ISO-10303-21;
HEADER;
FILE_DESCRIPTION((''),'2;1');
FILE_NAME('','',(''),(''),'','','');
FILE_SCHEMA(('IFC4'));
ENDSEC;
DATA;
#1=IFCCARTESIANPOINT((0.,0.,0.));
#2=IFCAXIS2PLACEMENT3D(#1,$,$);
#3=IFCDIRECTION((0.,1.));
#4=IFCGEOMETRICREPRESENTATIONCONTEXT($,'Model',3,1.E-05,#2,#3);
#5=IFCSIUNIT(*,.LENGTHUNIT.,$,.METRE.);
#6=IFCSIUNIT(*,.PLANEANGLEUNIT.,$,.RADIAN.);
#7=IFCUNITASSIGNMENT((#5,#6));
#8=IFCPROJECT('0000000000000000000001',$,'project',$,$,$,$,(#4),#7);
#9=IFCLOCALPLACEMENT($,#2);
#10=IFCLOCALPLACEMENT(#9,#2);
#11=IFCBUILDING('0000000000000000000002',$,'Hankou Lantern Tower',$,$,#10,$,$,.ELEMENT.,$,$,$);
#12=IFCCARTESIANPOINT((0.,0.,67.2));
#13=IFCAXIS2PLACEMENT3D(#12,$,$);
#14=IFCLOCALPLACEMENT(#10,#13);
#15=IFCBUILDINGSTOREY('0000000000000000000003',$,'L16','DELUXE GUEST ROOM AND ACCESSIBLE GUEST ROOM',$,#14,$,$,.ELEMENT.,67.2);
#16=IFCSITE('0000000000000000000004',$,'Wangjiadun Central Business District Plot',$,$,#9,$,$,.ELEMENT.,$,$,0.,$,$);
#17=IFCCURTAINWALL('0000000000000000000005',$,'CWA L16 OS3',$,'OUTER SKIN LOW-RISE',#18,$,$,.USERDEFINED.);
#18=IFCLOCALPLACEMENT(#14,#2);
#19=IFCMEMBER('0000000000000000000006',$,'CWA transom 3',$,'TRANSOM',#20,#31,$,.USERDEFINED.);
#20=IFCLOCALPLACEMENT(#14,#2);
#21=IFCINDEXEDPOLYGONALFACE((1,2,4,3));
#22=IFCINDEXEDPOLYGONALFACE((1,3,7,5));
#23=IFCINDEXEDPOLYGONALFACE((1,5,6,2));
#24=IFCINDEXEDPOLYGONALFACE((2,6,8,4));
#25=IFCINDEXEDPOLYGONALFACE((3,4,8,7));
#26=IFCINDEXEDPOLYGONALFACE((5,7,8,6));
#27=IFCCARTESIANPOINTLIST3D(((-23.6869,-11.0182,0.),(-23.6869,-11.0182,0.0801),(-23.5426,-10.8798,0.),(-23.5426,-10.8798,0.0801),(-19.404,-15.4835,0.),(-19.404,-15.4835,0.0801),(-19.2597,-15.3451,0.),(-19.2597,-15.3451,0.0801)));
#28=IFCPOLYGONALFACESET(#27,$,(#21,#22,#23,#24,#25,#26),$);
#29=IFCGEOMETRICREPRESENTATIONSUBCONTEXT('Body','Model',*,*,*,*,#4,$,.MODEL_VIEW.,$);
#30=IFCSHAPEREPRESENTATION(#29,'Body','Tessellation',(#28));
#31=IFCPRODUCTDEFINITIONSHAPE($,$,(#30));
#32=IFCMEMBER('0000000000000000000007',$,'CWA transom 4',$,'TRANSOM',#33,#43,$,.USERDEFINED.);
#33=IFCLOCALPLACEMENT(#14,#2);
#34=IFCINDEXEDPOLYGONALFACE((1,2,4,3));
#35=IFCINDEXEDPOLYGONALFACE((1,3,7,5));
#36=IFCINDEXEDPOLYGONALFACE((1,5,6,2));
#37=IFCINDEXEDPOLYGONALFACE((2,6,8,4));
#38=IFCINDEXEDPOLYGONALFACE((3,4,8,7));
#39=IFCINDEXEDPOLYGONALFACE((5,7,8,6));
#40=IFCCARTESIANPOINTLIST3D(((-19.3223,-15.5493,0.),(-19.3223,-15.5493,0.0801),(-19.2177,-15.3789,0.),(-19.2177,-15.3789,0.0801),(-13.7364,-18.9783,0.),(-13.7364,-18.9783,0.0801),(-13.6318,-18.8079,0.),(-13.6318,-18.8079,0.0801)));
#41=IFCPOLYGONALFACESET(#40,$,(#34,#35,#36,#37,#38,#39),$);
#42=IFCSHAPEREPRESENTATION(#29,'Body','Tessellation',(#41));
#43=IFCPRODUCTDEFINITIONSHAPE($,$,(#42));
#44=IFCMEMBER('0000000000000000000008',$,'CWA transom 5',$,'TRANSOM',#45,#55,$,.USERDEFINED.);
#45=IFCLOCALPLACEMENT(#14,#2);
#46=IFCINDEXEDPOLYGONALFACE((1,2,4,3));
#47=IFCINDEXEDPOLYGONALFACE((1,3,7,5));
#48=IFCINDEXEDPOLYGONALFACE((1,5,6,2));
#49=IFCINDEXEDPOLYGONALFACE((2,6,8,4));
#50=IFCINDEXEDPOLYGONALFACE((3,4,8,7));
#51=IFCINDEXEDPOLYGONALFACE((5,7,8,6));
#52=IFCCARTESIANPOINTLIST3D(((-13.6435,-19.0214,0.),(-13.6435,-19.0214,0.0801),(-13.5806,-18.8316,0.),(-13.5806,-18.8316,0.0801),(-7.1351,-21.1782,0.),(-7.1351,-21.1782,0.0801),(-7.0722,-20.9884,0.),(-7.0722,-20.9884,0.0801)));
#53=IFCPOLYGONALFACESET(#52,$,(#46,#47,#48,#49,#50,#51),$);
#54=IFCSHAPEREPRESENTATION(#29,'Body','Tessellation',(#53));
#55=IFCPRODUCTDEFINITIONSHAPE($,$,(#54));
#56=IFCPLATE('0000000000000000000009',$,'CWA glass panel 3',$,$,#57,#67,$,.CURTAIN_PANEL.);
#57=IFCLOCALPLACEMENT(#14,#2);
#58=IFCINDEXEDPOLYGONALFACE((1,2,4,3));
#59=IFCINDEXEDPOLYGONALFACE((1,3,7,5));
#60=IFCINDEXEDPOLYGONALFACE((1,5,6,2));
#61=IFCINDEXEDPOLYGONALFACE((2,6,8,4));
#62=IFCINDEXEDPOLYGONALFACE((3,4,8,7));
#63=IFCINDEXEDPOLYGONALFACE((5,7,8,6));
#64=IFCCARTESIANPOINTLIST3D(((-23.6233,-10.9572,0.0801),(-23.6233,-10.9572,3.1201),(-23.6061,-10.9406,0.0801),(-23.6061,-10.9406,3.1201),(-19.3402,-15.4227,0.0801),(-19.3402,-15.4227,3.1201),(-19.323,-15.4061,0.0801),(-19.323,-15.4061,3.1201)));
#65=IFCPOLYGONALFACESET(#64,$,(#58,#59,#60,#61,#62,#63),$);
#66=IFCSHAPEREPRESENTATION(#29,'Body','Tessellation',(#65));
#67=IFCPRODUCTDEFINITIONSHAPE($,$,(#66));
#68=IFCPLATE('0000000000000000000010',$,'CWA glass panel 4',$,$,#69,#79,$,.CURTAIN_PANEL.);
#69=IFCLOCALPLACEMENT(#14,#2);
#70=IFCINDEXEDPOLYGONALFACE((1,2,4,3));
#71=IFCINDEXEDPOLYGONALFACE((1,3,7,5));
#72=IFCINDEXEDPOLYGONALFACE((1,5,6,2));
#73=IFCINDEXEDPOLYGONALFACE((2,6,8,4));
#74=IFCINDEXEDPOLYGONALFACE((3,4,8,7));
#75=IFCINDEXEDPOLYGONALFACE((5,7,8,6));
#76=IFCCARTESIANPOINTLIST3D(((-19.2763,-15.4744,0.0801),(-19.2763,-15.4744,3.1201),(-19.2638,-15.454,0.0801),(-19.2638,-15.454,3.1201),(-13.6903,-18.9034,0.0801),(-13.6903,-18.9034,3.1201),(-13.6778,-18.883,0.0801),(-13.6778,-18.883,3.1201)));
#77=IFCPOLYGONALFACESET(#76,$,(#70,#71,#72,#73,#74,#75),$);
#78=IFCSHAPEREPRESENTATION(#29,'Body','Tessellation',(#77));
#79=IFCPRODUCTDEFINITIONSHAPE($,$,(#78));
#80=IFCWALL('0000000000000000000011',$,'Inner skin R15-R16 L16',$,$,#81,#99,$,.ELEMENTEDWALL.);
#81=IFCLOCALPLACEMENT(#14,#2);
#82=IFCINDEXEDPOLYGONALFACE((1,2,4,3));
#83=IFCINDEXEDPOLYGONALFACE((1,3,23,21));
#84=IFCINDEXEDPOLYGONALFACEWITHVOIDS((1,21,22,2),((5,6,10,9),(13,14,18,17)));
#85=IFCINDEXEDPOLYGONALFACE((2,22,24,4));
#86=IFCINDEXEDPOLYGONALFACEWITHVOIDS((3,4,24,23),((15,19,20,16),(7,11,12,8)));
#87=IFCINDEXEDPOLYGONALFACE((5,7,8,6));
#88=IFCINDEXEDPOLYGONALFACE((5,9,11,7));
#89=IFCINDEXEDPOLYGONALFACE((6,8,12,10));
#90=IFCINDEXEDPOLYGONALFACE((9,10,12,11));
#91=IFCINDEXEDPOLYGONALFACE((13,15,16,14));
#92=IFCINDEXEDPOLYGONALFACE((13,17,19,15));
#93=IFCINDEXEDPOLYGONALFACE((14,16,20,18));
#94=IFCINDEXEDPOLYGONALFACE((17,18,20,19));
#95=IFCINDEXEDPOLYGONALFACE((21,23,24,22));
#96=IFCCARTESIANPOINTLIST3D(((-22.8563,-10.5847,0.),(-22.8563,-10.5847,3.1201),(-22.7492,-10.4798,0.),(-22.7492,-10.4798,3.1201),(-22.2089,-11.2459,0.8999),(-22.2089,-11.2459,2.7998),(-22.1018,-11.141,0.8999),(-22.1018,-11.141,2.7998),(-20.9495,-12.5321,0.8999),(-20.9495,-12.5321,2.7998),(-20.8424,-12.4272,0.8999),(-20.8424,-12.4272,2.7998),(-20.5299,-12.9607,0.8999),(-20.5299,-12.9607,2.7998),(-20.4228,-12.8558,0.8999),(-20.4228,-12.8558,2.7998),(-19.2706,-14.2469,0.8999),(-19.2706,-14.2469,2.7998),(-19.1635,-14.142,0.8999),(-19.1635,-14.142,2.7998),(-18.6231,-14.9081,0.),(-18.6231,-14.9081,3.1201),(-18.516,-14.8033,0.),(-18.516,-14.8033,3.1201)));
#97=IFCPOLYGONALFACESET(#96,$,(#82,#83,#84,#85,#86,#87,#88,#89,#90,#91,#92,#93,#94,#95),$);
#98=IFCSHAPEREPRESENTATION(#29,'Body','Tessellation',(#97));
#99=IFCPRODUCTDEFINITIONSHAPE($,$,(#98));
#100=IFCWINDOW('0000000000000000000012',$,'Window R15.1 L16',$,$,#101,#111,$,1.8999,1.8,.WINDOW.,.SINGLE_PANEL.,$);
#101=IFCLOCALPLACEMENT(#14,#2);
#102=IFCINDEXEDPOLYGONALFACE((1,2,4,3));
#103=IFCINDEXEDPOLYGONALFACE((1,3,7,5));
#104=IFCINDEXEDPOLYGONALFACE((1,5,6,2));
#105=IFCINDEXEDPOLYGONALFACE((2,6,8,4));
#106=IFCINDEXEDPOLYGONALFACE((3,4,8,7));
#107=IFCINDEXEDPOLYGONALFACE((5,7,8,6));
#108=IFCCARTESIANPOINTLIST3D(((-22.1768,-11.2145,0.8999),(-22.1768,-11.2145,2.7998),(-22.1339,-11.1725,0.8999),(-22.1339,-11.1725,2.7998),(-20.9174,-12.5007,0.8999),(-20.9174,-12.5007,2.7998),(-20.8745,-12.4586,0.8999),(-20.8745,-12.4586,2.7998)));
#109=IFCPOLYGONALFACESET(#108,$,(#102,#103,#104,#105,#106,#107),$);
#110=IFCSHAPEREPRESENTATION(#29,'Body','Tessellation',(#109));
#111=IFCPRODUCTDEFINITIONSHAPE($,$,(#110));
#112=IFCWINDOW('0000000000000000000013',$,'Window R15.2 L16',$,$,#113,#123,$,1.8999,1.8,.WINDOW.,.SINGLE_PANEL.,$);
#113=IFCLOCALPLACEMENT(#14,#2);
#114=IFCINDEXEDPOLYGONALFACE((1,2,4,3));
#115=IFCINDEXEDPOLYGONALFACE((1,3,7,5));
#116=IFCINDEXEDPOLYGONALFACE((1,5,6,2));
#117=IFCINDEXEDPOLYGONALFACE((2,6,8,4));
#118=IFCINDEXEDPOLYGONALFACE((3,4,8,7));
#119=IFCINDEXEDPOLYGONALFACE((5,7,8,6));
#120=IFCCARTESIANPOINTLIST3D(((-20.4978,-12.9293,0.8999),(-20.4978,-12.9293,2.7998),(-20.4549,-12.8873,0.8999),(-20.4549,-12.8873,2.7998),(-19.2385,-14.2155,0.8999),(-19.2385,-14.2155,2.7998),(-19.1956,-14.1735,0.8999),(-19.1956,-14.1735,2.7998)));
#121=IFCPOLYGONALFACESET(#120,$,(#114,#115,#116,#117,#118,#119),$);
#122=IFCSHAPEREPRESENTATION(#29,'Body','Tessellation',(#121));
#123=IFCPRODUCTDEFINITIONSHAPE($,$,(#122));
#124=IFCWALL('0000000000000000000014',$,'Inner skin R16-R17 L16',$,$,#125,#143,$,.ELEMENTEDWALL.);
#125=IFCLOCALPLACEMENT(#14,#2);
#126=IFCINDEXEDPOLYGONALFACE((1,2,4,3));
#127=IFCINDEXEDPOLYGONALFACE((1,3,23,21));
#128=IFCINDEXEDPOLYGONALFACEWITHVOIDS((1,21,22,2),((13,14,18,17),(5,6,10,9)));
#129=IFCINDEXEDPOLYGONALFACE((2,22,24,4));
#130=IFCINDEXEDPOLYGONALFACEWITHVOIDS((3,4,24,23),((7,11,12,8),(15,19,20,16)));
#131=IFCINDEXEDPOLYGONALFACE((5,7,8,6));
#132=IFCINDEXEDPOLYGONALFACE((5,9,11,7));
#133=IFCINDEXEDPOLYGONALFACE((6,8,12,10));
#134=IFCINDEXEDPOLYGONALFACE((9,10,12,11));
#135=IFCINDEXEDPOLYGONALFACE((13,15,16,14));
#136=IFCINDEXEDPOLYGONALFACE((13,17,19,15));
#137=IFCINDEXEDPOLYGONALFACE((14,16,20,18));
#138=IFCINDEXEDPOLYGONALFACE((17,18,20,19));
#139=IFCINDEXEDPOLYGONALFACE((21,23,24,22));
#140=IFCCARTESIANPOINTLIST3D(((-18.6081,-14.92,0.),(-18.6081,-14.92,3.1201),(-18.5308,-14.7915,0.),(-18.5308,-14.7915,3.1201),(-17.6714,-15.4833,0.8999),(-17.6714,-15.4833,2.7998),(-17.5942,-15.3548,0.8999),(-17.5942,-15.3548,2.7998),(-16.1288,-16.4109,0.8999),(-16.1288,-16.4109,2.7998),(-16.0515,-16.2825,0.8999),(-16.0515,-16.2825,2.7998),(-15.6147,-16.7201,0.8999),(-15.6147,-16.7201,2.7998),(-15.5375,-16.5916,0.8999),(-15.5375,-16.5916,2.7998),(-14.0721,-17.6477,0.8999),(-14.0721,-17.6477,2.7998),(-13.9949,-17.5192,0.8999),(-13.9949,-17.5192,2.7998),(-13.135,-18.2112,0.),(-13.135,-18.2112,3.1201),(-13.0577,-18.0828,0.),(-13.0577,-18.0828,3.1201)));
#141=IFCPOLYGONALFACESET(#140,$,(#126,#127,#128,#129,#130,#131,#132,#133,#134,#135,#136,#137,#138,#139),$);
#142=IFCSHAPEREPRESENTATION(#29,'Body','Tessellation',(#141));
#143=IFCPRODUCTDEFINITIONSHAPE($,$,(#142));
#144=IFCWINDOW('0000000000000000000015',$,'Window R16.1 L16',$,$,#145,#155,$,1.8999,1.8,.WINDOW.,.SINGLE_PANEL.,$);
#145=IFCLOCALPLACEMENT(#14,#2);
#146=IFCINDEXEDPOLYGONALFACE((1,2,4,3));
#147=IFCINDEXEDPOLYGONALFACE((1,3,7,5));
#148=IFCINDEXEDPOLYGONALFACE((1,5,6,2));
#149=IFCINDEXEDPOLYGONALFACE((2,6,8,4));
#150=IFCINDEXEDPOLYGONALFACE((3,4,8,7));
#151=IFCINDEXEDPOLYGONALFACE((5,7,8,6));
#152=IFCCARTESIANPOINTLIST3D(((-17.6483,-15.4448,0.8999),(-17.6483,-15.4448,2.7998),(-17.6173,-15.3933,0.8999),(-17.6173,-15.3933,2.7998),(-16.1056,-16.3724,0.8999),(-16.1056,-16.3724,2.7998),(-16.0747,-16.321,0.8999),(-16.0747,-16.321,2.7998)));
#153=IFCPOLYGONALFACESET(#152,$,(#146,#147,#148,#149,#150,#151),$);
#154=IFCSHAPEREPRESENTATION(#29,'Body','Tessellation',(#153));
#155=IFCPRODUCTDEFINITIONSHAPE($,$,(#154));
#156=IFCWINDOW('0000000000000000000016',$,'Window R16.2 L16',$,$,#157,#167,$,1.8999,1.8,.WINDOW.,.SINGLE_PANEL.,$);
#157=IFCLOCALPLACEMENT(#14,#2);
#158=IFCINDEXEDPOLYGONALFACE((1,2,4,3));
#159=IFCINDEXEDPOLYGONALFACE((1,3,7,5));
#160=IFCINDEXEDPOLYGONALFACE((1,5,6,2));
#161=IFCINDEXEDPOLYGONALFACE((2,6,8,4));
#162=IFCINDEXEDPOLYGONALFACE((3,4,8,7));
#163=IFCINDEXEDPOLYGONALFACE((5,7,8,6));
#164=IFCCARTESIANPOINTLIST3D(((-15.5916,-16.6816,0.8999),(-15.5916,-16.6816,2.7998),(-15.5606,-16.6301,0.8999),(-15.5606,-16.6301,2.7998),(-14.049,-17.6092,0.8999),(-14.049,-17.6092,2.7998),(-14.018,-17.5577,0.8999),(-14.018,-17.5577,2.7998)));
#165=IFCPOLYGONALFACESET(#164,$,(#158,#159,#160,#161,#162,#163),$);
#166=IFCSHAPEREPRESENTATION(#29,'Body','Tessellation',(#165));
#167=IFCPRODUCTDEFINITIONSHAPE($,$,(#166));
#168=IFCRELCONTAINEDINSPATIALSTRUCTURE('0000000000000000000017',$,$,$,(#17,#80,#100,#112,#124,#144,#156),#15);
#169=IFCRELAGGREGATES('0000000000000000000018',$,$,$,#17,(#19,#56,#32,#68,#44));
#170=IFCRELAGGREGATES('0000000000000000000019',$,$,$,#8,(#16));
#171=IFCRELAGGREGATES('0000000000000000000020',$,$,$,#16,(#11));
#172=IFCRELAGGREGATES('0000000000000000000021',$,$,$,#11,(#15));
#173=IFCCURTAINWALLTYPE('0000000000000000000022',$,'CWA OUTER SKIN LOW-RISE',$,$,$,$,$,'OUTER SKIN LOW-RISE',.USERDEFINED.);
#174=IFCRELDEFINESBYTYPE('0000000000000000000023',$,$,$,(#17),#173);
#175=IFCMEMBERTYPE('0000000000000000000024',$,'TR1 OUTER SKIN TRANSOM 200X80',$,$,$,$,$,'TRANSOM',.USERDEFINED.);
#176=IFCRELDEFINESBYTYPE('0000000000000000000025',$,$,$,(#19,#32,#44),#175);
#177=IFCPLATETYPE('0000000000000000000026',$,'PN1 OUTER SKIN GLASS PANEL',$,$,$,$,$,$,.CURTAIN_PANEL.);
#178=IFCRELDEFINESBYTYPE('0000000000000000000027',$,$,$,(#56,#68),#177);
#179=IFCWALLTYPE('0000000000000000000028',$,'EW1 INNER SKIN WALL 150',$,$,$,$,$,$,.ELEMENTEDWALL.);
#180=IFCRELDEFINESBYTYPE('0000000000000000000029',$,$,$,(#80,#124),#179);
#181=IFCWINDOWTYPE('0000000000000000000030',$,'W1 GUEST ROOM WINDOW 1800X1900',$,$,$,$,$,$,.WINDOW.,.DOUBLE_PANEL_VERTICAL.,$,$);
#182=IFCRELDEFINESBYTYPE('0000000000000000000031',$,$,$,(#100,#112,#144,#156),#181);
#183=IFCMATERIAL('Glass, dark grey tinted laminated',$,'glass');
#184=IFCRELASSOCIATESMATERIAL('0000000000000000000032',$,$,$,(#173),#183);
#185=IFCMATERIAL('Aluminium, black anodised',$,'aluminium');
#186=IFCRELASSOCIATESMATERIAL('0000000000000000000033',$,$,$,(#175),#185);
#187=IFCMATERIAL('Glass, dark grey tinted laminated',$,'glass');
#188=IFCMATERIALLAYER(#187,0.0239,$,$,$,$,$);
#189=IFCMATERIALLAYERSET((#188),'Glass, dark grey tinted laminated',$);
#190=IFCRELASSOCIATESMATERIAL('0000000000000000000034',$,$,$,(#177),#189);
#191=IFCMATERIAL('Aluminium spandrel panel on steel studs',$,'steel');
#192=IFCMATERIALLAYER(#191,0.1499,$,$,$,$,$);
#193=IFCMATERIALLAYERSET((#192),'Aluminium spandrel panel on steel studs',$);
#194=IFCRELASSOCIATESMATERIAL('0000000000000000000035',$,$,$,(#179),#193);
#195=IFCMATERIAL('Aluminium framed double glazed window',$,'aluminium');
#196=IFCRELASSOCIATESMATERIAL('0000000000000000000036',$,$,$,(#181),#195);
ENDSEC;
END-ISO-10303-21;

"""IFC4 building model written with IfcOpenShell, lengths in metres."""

from ifc_helpers import new_model, si_unit, direction, frame, frame_2d, origin, origin_2d, place, context, subcontext, project, spatial, rectangle, extrude, material, layer, layer_set, material_profile, profile_set, type_object, element, fill, aggregate, save


model = new_model("IFC4")

# Units and contexts
model_context = context("Model", 3, precision=1e-05, world=origin(), true_north=direction((0.0, 1.0)))
body_context = subcontext(model_context, "Body", "Model", "MODEL_VIEW")
ifc_project = project(units=[si_unit("LENGTHUNIT", "METRE"), si_unit("PLANEANGLEUNIT", "RADIAN")], contexts=[model_context])

# Site, building, storey
site_placement = place(None, origin())
site = spatial("IfcSite", under=ifc_project, at=site_placement, Name="Wangjiadun Central Business District Plot", CompositionType="ELEMENT", RefElevation=0.0)
building_placement = place(site_placement, origin())
building = spatial("IfcBuilding", under=site, at=building_placement, Name="Hankou Lantern Tower", CompositionType="ELEMENT")
storey_placement = place(building_placement, frame((0.0, 0.0, 67.2)))
storey = spatial("IfcBuildingStorey", under=building, at=storey_placement, Name="L16", Description="DELUXE GUEST ROOM AND ACCESSIBLE GUEST ROOM", CompositionType="ELEMENT", Elevation=67.2)

# Curtain wall
ifc_material_1 = material(Name="Glass, dark grey tinted laminated", Category="glass")
curtain_wall_type = type_object("IfcCurtainWallType", Name="CWA OUTER SKIN LOW-RISE", ElementType="OUTER SKIN LOW-RISE", PredefinedType="USERDEFINED", material=ifc_material_1)
curtain_wall_placement = place(storey_placement, origin())
curtain_wall = element("IfcCurtainWall", 1, at=curtain_wall_placement, inside=storey, type_object=curtain_wall_type, Name="CWA L16 OS3", ObjectType="OUTER SKIN LOW-RISE", PredefinedType="USERDEFINED")

# Members
ifc_material_2 = material(Name="Aluminium, black anodised", Category="aluminium")
ifc_material_profile_1 = material_profile(ifc_material_2, rectangle(XDim=0.2, YDim=0.0801, at=origin_2d()), Name="TR1 200X80")
ifc_profile_set_1 = profile_set([ifc_material_profile_1], Name="Aluminium, black anodised")
member_type_1 = type_object("IfcMemberType", Name="TR1 OUTER SKIN TRANSOM 200X80", ElementType="TRANSOM", PredefinedType="USERDEFINED", material=ifc_profile_set_1)
member_1_placement = place(storey_placement, frame((-23.6147, -10.949, 0.04), z_axis=(0.692216, -0.721691, 0.0), x_axis=(0.721691, 0.692216, 0.0)))
member_1 = element("IfcMember", 2, at=member_1_placement, type_object=member_type_1, Name="CWA transom 3", ObjectType="TRANSOM", PredefinedType="USERDEFINED", context=body_context, shape_type="SweptSolid", body=[
    extrude(rectangle(XDim=0.2, YDim=0.0801, at=origin_2d()), origin(), (0.0, 0.0, 1.0), 6.1873),
])
member_2_placement = place(storey_placement, frame((-19.27, -15.4641, 0.04), z_axis=(0.85224, -0.523152, 0.0), x_axis=(0.523152, 0.85224, 0.0)))
member_2 = element("IfcMember", 3, at=member_2_placement, type_object=member_type_1, Name="CWA transom 4", ObjectType="TRANSOM", PredefinedType="USERDEFINED", context=body_context, shape_type="SweptSolid", body=[
    extrude(rectangle(XDim=0.2, YDim=0.0801, at=origin_2d()), origin(), (0.0, 0.0, 1.0), 6.5544),
])
member_3_placement = place(storey_placement, frame((-13.6121, -18.9265, 0.04), z_axis=(0.949237, -0.314561, 0.0), x_axis=(0.314561, 0.949237, 0.0)))
member_3 = element("IfcMember", 4, at=member_3_placement, type_object=member_type_1, Name="CWA transom 5", ObjectType="TRANSOM", PredefinedType="USERDEFINED", context=body_context, shape_type="SweptSolid", body=[
    extrude(rectangle(XDim=0.2, YDim=0.0801, at=origin_2d()), origin(), (0.0, 0.0, 1.0), 6.8564),
])

# Plates
ifc_material_3 = material(Name="Glass, dark grey tinted laminated", Category="glass")
ifc_layer_1 = layer(ifc_material_3, 0.0239)
ifc_layer_set_1 = layer_set([ifc_layer_1], Name="Glass, dark grey tinted laminated")
plate_type = type_object("IfcPlateType", Name="PN1 OUTER SKIN GLASS PANEL", PredefinedType="CURTAIN_PANEL", material=ifc_layer_set_1)
plate_1_placement = place(storey_placement, frame((-21.4731, -13.1816, 0.0801), z_axis=(0.0, 0.0, 1.0), x_axis=(0.692216, -0.721691, 0.0)))
plate_1 = element("IfcPlate", 5, at=plate_1_placement, type_object=plate_type, Name="CWA glass panel 3", PredefinedType="CURTAIN_PANEL", context=body_context, shape_type="SweptSolid", body=[
    extrude(rectangle(XDim=6.1875, YDim=0.0239, at=origin_2d()), origin(), (0.0, 0.0, 1.0), 3.04),
])
plate_2_placement = place(storey_placement, frame((-16.4771, -17.1787, 0.0801), z_axis=(0.0, 0.0, 1.0), x_axis=(0.852237, -0.523156, 0.0)))
plate_2 = element("IfcPlate", 6, at=plate_2_placement, type_object=plate_type, Name="CWA glass panel 4", PredefinedType="CURTAIN_PANEL", context=body_context, shape_type="SweptSolid", body=[
    extrude(rectangle(XDim=6.5544, YDim=0.0239, at=origin_2d()), origin(), (0.0, 0.0, 1.0), 3.04),
])
aggregate(curtain_wall, [member_1, plate_1, member_2, plate_2, member_3])

# Walls, openings, windows
ifc_material_4 = material(Name="Aluminium spandrel panel on steel studs", Category="steel")
ifc_layer_2 = layer(ifc_material_4, 0.1499)
ifc_layer_set_2 = layer_set([ifc_layer_2], Name="Aluminium spandrel panel on steel studs")
wall_type_1 = type_object("IfcWallType", Name="EW1 INNER SKIN WALL 150", PredefinedType="ELEMENTEDWALL", material=ifc_layer_set_2)
wall_1_placement = place(storey_placement, frame((-22.8027, -10.5322, 0.0), z_axis=(0.0, 0.0, 1.0), x_axis=(0.699603, -0.714532, 0.0)))
wall_1 = element("IfcWall", 7, at=wall_1_placement, inside=storey, type_object=wall_type_1, Name="Inner skin R15-R16 L16", PredefinedType="ELEMENTEDWALL", context=body_context, shape_type="SweptSolid", body=[
    extrude(rectangle(XDim=6.0508, YDim=0.1499, at=frame_2d((3.0254, 0.0))), origin(), (0.0, 0.0, 1.0), 3.1201),
])
opening_1_placement = place(wall_1_placement, frame((0.9255, 0.0, 0.8999)))
opening_1 = element("IfcOpeningElement", 8, at=opening_1_placement, cuts=wall_1, PredefinedType="OPENING", context=body_context, shape_type="SweptSolid", body=[
    extrude(rectangle(XDim=1.8, YDim=1.8999, at=frame_2d((0.8999, 0.95))), frame((0.0, 0.085, 0.0), z_axis=(0.0, -1.0, 0.0), x_axis=(1.0, 0.0, 0.0)), (0.0, 0.0, 1.0), 0.1699),
])
opening_2_placement = place(wall_1_placement, frame((3.3254, 0.0, 0.8999)))
opening_2 = element("IfcOpeningElement", 9, at=opening_2_placement, cuts=wall_1, PredefinedType="OPENING", context=body_context, shape_type="SweptSolid", body=[
    extrude(rectangle(XDim=1.8, YDim=1.8999, at=frame_2d((0.8999, 0.95))), frame((0.0, 0.085, 0.0), z_axis=(0.0, -1.0, 0.0), x_axis=(1.0, 0.0, 0.0)), (0.0, 0.0, 1.0), 0.1699),
])
ifc_material_5 = material(Name="Aluminium framed double glazed window", Category="aluminium")
window_type = type_object("IfcWindowType", Name="W1 GUEST ROOM WINDOW 1800X1900", PartitioningType="DOUBLE_PANEL_VERTICAL", PredefinedType="WINDOW", material=ifc_material_5)
window_1_placement = place(opening_1_placement, origin())
window_1 = element("IfcWindow", 10, at=window_1_placement, inside=storey, type_object=window_type, Name="Window R15.1 L16", OverallHeight=1.8999, OverallWidth=1.8, PartitioningType="SINGLE_PANEL", PredefinedType="WINDOW", context=body_context, shape_type="SweptSolid", body=[
    extrude(rectangle(XDim=1.8, YDim=1.8999, at=frame_2d((0.8999, 0.95))), frame((0.0, 0.03, 0.0), z_axis=(0.0, -1.0, 0.0), x_axis=(1.0, 0.0, 0.0)), (0.0, 0.0, 1.0), 0.0601),
])
fill(opening_1, window_1)
window_2_placement = place(opening_2_placement, origin())
window_2 = element("IfcWindow", 11, at=window_2_placement, inside=storey, type_object=window_type, Name="Window R15.2 L16", OverallHeight=1.8999, OverallWidth=1.8, PartitioningType="SINGLE_PANEL", PredefinedType="WINDOW", context=body_context, shape_type="SweptSolid", body=[
    extrude(rectangle(XDim=1.8, YDim=1.8999, at=frame_2d((0.8999, 0.95))), frame((0.0, 0.03, 0.0), z_axis=(0.0, -1.0, 0.0), x_axis=(1.0, 0.0, 0.0)), (0.0, 0.0, 1.0), 0.0601),
])
fill(opening_2, window_2)
wall_2_placement = place(storey_placement, frame((-18.5696, -14.8557, 0.0), z_axis=(0.0, 0.0, 1.0), x_axis=(0.856983, -0.515344, 0.0)))
wall_2 = element("IfcWall", 12, at=wall_2_placement, inside=storey, type_object=wall_type_1, Name="Inner skin R16-R17 L16", PredefinedType="ELEMENTEDWALL", context=body_context, shape_type="SweptSolid", body=[
    extrude(rectangle(XDim=6.3865, YDim=0.1499, at=frame_2d((3.1934, 0.0))), origin(), (0.0, 0.0, 1.0), 3.1201),
])
opening_3_placement = place(wall_2_placement, frame((1.0933, 0.0, 0.8999)))
opening_3 = element("IfcOpeningElement", 13, at=opening_3_placement, cuts=wall_2, PredefinedType="OPENING", context=body_context, shape_type="SweptSolid", body=[
    extrude(rectangle(XDim=1.8, YDim=1.8999, at=frame_2d((0.8999, 0.95))), frame((0.0, 0.085, 0.0), z_axis=(0.0, -1.0, 0.0), x_axis=(1.0, 0.0, 0.0)), (0.0, 0.0, 1.0), 0.1699),
])
opening_4_placement = place(wall_2_placement, frame((3.4932, 0.0, 0.8999)))
opening_4 = element("IfcOpeningElement", 14, at=opening_4_placement, cuts=wall_2, PredefinedType="OPENING", context=body_context, shape_type="SweptSolid", body=[
    extrude(rectangle(XDim=1.8, YDim=1.8999, at=frame_2d((0.8999, 0.95))), frame((0.0, 0.085, 0.0), z_axis=(0.0, -1.0, 0.0), x_axis=(1.0, 0.0, 0.0)), (0.0, 0.0, 1.0), 0.1699),
])
window_3_placement = place(opening_3_placement, origin())
window_3 = element("IfcWindow", 15, at=window_3_placement, inside=storey, type_object=window_type, Name="Window R16.1 L16", OverallHeight=1.8999, OverallWidth=1.8, PartitioningType="SINGLE_PANEL", PredefinedType="WINDOW", context=body_context, shape_type="SweptSolid", body=[
    extrude(rectangle(XDim=1.8, YDim=1.8999, at=frame_2d((0.8999, 0.95))), frame((0.0, 0.03, 0.0), z_axis=(0.0, -1.0, 0.0), x_axis=(1.0, 0.0, 0.0)), (0.0, 0.0, 1.0), 0.0601),
])
fill(opening_3, window_3)
window_4_placement = place(opening_4_placement, origin())
window_4 = element("IfcWindow", 16, at=window_4_placement, inside=storey, type_object=window_type, Name="Window R16.2 L16", OverallHeight=1.8999, OverallWidth=1.8, PartitioningType="SINGLE_PANEL", PredefinedType="WINDOW", context=body_context, shape_type="SweptSolid", body=[
    extrude(rectangle(XDim=1.8, YDim=1.8999, at=frame_2d((0.8999, 0.95))), frame((0.0, 0.03, 0.0), z_axis=(0.0, -1.0, 0.0), x_axis=(1.0, 0.0, 0.0)), (0.0, 0.0, 1.0), 0.0601),
])
fill(opening_4, window_4)

save(model, "model.ifc")
